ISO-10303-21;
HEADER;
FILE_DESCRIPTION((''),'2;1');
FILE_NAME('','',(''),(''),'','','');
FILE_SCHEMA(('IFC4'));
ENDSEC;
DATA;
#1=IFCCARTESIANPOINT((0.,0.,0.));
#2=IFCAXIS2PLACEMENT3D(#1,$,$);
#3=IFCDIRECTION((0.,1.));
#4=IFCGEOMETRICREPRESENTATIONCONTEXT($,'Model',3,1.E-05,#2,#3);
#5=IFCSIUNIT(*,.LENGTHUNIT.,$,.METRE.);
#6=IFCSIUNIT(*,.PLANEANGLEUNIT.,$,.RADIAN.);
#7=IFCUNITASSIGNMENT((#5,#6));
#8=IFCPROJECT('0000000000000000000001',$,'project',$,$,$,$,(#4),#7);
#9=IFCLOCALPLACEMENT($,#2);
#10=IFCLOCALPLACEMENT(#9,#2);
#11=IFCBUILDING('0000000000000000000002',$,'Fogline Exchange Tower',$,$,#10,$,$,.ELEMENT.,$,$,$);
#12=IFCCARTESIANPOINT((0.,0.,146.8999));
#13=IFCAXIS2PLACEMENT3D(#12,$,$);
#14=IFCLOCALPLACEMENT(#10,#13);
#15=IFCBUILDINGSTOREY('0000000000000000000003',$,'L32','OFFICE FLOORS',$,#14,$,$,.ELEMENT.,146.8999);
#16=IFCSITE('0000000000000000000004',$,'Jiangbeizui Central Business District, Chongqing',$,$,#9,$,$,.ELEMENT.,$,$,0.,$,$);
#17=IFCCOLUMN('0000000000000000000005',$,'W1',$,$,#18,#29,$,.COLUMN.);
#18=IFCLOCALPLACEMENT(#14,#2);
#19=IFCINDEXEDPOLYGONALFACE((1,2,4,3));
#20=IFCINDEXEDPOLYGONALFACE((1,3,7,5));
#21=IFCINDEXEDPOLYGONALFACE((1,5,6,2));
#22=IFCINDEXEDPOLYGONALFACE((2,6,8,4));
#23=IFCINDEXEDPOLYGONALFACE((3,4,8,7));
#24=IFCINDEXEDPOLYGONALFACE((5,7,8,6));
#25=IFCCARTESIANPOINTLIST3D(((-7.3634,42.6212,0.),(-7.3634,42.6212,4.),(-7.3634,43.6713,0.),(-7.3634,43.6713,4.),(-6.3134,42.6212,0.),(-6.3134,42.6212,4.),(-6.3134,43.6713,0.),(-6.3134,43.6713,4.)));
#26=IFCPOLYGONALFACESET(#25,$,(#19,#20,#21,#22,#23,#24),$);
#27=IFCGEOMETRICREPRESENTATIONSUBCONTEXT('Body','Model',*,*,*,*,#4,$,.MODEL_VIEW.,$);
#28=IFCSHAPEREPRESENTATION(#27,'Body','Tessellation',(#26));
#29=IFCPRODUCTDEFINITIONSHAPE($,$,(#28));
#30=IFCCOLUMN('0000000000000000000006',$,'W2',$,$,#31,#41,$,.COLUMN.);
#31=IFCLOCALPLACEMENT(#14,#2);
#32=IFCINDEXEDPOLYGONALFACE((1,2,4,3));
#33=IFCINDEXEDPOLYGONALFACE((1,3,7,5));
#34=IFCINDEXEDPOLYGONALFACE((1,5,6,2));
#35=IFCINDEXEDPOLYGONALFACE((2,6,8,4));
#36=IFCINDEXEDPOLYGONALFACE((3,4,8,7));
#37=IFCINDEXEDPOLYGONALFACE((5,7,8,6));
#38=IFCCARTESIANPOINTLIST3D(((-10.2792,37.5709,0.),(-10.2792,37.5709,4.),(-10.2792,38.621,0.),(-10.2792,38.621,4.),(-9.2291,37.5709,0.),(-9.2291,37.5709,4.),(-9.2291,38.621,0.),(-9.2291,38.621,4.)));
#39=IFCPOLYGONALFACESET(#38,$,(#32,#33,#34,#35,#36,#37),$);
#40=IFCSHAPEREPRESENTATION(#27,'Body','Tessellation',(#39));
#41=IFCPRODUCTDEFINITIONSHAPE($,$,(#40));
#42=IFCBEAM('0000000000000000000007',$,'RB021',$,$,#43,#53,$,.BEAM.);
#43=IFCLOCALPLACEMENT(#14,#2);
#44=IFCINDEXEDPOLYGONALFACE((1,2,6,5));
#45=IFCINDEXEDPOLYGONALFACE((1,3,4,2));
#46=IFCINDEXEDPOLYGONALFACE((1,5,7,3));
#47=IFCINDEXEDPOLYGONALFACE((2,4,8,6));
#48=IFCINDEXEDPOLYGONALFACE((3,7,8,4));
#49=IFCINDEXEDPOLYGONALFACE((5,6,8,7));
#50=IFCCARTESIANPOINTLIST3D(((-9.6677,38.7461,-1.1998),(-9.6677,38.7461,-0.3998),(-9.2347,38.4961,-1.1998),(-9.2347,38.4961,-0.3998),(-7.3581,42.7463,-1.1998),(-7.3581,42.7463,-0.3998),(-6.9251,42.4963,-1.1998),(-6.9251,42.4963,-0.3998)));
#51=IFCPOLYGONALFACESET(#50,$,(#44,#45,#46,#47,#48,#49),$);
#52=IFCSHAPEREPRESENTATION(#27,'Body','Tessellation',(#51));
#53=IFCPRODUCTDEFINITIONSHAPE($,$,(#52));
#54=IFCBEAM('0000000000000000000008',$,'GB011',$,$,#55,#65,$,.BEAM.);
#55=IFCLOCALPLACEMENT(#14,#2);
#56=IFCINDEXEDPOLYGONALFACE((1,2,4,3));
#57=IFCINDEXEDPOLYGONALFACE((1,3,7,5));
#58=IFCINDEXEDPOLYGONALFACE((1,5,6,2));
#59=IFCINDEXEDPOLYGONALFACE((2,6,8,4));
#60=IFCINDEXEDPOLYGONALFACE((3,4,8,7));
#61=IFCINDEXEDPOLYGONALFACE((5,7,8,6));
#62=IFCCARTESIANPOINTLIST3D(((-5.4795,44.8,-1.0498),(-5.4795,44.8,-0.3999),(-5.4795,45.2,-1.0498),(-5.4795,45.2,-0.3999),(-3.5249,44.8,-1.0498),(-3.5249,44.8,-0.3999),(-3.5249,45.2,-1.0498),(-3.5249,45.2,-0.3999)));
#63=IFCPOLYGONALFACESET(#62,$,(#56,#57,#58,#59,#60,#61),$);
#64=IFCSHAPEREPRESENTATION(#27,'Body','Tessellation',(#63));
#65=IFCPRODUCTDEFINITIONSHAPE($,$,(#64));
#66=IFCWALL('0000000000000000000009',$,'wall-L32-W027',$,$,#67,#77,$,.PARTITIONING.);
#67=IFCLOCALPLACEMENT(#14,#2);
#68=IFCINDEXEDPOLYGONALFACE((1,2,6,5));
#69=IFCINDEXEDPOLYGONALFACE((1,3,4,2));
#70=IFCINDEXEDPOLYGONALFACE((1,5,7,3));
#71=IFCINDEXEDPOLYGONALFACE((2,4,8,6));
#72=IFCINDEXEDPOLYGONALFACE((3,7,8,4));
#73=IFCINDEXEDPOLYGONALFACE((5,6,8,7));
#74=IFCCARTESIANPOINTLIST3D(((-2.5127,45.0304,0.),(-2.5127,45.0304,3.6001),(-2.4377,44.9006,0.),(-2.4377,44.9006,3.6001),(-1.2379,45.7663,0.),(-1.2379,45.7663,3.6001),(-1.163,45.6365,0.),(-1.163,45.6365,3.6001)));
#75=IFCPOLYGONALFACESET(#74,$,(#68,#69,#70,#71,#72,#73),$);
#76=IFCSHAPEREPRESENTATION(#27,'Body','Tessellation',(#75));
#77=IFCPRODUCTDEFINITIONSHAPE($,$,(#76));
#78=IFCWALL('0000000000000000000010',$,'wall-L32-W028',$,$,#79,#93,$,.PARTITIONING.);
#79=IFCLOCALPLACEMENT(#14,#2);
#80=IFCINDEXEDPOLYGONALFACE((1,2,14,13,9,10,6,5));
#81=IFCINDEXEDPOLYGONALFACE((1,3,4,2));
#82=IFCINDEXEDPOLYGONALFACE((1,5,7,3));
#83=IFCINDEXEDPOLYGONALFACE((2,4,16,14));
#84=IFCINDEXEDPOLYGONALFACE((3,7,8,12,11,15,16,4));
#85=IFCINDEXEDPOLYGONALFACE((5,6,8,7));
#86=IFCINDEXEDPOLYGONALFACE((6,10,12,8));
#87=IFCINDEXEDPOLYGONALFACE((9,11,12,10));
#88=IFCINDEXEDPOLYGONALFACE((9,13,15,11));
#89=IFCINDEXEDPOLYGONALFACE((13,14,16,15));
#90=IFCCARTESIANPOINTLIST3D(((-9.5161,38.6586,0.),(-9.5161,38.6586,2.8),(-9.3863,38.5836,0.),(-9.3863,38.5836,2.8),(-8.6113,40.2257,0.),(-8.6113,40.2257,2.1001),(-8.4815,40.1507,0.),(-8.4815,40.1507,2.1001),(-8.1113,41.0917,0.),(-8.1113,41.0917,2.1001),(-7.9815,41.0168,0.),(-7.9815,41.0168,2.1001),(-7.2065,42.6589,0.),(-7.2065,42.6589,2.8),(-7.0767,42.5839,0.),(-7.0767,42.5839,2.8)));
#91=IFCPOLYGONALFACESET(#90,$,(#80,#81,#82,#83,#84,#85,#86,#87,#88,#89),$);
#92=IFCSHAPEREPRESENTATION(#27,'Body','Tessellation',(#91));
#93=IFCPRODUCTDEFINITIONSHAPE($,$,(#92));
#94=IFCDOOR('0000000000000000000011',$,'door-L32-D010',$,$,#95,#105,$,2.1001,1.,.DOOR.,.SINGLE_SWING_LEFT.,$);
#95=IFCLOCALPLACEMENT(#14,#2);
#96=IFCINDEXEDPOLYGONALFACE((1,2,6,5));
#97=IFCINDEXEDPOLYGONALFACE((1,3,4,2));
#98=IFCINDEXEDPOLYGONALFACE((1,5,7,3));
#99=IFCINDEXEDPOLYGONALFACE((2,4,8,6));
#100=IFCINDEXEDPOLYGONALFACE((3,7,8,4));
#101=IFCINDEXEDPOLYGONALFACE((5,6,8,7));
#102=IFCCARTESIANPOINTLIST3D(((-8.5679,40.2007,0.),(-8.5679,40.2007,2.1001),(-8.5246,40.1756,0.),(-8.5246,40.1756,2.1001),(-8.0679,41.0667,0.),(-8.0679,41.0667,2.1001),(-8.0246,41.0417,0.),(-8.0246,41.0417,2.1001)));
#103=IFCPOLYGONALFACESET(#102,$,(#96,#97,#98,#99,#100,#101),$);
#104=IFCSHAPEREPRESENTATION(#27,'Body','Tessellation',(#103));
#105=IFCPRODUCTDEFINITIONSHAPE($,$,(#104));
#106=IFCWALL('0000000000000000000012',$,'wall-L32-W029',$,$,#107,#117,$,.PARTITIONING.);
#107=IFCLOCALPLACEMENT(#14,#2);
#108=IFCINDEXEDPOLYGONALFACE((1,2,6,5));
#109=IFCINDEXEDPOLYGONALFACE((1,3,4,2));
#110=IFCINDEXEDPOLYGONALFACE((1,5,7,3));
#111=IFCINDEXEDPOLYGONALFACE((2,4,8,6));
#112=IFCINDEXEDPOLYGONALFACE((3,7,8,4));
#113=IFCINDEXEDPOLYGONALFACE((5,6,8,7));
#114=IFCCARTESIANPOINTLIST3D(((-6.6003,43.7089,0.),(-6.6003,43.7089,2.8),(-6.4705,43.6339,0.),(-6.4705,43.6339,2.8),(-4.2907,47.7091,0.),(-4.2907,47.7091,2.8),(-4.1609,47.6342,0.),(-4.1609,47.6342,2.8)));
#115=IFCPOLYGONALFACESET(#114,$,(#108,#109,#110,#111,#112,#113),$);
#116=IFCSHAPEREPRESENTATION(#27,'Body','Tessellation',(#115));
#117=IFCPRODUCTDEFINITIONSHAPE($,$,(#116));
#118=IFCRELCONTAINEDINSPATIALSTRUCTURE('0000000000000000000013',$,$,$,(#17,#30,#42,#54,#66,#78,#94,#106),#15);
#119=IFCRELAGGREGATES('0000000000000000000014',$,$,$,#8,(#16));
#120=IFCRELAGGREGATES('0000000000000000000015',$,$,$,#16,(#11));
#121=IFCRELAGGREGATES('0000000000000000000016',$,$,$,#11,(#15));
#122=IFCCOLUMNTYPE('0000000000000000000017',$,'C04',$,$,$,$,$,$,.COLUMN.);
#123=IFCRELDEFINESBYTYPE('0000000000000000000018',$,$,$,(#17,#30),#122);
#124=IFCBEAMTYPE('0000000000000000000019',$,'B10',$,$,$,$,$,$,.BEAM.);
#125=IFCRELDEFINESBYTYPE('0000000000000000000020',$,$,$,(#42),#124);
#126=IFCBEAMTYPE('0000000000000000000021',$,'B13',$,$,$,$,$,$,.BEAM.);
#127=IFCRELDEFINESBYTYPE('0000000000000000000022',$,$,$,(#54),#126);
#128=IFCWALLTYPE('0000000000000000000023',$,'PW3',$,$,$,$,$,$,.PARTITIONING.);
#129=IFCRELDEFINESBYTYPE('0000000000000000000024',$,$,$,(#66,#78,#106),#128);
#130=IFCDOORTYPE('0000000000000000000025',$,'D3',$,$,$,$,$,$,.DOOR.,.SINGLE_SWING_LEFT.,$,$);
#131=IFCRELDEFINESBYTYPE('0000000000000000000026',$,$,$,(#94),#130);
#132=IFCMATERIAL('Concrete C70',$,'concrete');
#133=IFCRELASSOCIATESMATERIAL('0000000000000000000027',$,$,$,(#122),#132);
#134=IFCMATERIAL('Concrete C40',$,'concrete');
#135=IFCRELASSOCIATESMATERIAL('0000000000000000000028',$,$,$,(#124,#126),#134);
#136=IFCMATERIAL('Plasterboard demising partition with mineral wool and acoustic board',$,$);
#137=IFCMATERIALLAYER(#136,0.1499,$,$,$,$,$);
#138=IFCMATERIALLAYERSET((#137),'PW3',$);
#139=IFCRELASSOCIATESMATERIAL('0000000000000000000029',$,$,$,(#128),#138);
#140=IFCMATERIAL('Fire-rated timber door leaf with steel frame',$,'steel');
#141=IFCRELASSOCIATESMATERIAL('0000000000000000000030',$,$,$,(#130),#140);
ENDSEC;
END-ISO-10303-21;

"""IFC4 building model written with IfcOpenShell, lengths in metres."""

from ifc_helpers import new_model, si_unit, direction, frame, frame_2d, origin, origin_2d, place, context, subcontext, project, spatial, rectangle, extrude, material, layer, layer_set, material_profile, profile_set, type_object, element, fill, save


model = new_model("IFC4")

# Units and contexts
model_context = context("Model", 3, precision=1e-05, world=origin(), true_north=direction((0.0, 1.0)))
body_context = subcontext(model_context, "Body", "Model", "MODEL_VIEW")
ifc_project = project(units=[si_unit("LENGTHUNIT", "METRE"), si_unit("PLANEANGLEUNIT", "RADIAN")], contexts=[model_context])

# Site, building, storey
site_placement = place(None, origin())
site = spatial("IfcSite", under=ifc_project, at=site_placement, Name="Jiangbeizui Central Business District, Chongqing", CompositionType="ELEMENT", RefElevation=0.0)
building_placement = place(site_placement, origin())
building = spatial("IfcBuilding", under=site, at=building_placement, Name="Fogline Exchange Tower", CompositionType="ELEMENT")
storey_placement = place(building_placement, frame((0.0, 0.0, 146.8999)))
storey = spatial("IfcBuildingStorey", under=building, at=storey_placement, Name="L32", Description="OFFICE FLOORS", CompositionType="ELEMENT", Elevation=146.8999)

# Columns
ifc_material_1 = material(Name="Concrete C70", Category="concrete")
ifc_material_profile_1 = material_profile(ifc_material_1, rectangle(XDim=1.05, YDim=1.05, at=origin_2d()), Name="RC 1050x1050")
ifc_profile_set_1 = profile_set([ifc_material_profile_1], Name="Concrete C70")
column_type = type_object("IfcColumnType", Name="C04", PredefinedType="COLUMN", material=ifc_profile_set_1)
for number, where, z_axis, x_axis, name in (
    (1, (-6.8384, 43.1462, 0.0), (0.0, 0.0, 1.0), (1.0, 0.0, 0.0), "W1"),
    (2, (-9.7542, 38.0959, 0.0), (0.0, 0.0, 1.0), (1.0, 0.0, 0.0), "W2"),
):
    element("IfcColumn", number, at=place(storey_placement, frame(where, z_axis=z_axis, x_axis=x_axis)), inside=storey, type_object=column_type, Name=name, PredefinedType="COLUMN", context=body_context, shape_type="SweptSolid", body=[
        extrude(rectangle(XDim=1.05, YDim=1.05, at=origin_2d()), origin(), (0.0, 0.0, 1.0), 4.0),
    ])

# Beams
ifc_material_2 = material(Name="Concrete C40", Category="concrete")
ifc_material_profile_2 = material_profile(ifc_material_2, rectangle(XDim=0.5, YDim=0.8, at=origin_2d()), Name="RC 500x800")
ifc_profile_set_2 = profile_set([ifc_material_profile_2], Name="Concrete C40")
beam_type_1 = type_object("IfcBeamType", Name="B10", PredefinedType="BEAM", material=ifc_profile_set_2)
beam_1_placement = place(storey_placement, frame((-7.1416, 42.6213, -0.7998), z_axis=(-0.500005, -0.866023, 0.0), x_axis=(0.866023, -0.500005, 0.0)))
element("IfcBeam", 3, at=beam_1_placement, inside=storey, type_object=beam_type_1, Name="RB021", PredefinedType="BEAM", context=body_context, shape_type="SweptSolid", body=[
    extrude(rectangle(XDim=0.5, YDim=0.8, at=origin_2d()), origin(), (0.0, 0.0, 1.0), 4.6191),
])
ifc_material_profile_3 = material_profile(ifc_material_2, rectangle(XDim=0.3999, YDim=0.6499, at=origin_2d()), Name="RC 400x650")
ifc_profile_set_3 = profile_set([ifc_material_profile_3], Name="Concrete C40")
beam_type_2 = type_object("IfcBeamType", Name="B13", PredefinedType="BEAM", material=ifc_profile_set_3)
beam_2_placement = place(storey_placement, frame((-5.4795, 45.0, -0.7249), z_axis=(1.0, 0.0, 0.0), x_axis=(0.0, 1.0, 0.0)))
element("IfcBeam", 4, at=beam_2_placement, inside=storey, type_object=beam_type_2, Name="GB011", PredefinedType="BEAM", context=body_context, shape_type="SweptSolid", body=[
    extrude(rectangle(XDim=0.3999, YDim=0.6499, at=origin_2d()), origin(), (0.0, 0.0, 1.0), 1.9546),
])

# Wall
ifc_material_3 = material(Name="Plasterboard demising partition with mineral wool and acoustic board")
ifc_layer = layer(ifc_material_3, 0.1499)
ifc_layer_set = layer_set([ifc_layer], Name="PW3")
wall_type = type_object("IfcWallType", Name="PW3", PredefinedType="PARTITIONING", material=ifc_layer_set)
wall_1_placement = place(storey_placement, frame((-2.4751, 44.9656, 0.0), z_axis=(0.0, 0.0, 1.0), x_axis=(0.86605, 0.499957, 0.0)))
element("IfcWall", 5, at=wall_1_placement, inside=storey, type_object=wall_type, Name="wall-L32-W027", PredefinedType="PARTITIONING", context=body_context, shape_type="SweptSolid", body=[
    extrude(rectangle(XDim=1.4719, YDim=0.1499, at=frame_2d((0.7358, 0.0))), origin(), (0.0, 0.0, 1.0), 3.6001),
])

# Wall, opening, door
wall_2_placement = place(storey_placement, frame((-9.4512, 38.6211, 0.0), z_axis=(0.0, 0.0, 1.0), x_axis=(0.500005, 0.866023, 0.0)))
wall_2 = element("IfcWall", 6, at=wall_2_placement, inside=storey, type_object=wall_type, Name="wall-L32-W028", PredefinedType="PARTITIONING", context=body_context, shape_type="SweptSolid", body=[
    extrude(rectangle(XDim=4.6191, YDim=0.1499, at=frame_2d((2.3096, 0.0))), origin(), (0.0, 0.0, 1.0), 2.8),
])
opening_placement = place(wall_2_placement, frame((1.8096, 0.0, 0.0)))
opening = element("IfcOpeningElement", 7, at=opening_placement, cuts=wall_2, PredefinedType="OPENING", context=body_context, shape_type="SweptSolid", body=[
    extrude(rectangle(XDim=1.0, YDim=2.1001, at=frame_2d((0.5, 1.05))), frame((0.0, 0.085, 0.0), z_axis=(0.0, -1.0, 0.0), x_axis=(1.0, 0.0, 0.0)), (0.0, 0.0, 1.0), 0.1699),
])
ifc_material_4 = material(Name="Fire-rated timber door leaf with steel frame", Category="steel")
door_type = type_object("IfcDoorType", Name="D3", OperationType="SINGLE_SWING_LEFT", PredefinedType="DOOR", material=ifc_material_4)
door_placement = place(opening_placement, origin())
door = element("IfcDoor", 8, at=door_placement, inside=storey, type_object=door_type, Name="door-L32-D010", OperationType="SINGLE_SWING_LEFT", OverallHeight=2.1001, OverallWidth=1.0, PredefinedType="DOOR", context=body_context, shape_type="SweptSolid", body=[
    extrude(rectangle(XDim=1.0, YDim=2.1001, at=frame_2d((0.5, 1.05))), frame((0.0, 0.0249, 0.0), z_axis=(0.0, -1.0, 0.0), x_axis=(1.0, 0.0, 0.0)), (0.0, 0.0, 1.0), 0.05),
])
fill(opening, door)

# Wall
wall_3_placement = place(storey_placement, frame((-6.5354, 43.6714, 0.0), z_axis=(0.0, 0.0, 1.0), x_axis=(0.500005, 0.866023, 0.0)))
element("IfcWall", 9, at=wall_3_placement, inside=storey, type_object=wall_type, Name="wall-L32-W029", PredefinedType="PARTITIONING", context=body_context, shape_type="SweptSolid", body=[
    extrude(rectangle(XDim=4.6191, YDim=0.1499, at=frame_2d((2.3096, 0.0))), origin(), (0.0, 0.0, 1.0), 2.8),
])

save(model, "model.ifc")
